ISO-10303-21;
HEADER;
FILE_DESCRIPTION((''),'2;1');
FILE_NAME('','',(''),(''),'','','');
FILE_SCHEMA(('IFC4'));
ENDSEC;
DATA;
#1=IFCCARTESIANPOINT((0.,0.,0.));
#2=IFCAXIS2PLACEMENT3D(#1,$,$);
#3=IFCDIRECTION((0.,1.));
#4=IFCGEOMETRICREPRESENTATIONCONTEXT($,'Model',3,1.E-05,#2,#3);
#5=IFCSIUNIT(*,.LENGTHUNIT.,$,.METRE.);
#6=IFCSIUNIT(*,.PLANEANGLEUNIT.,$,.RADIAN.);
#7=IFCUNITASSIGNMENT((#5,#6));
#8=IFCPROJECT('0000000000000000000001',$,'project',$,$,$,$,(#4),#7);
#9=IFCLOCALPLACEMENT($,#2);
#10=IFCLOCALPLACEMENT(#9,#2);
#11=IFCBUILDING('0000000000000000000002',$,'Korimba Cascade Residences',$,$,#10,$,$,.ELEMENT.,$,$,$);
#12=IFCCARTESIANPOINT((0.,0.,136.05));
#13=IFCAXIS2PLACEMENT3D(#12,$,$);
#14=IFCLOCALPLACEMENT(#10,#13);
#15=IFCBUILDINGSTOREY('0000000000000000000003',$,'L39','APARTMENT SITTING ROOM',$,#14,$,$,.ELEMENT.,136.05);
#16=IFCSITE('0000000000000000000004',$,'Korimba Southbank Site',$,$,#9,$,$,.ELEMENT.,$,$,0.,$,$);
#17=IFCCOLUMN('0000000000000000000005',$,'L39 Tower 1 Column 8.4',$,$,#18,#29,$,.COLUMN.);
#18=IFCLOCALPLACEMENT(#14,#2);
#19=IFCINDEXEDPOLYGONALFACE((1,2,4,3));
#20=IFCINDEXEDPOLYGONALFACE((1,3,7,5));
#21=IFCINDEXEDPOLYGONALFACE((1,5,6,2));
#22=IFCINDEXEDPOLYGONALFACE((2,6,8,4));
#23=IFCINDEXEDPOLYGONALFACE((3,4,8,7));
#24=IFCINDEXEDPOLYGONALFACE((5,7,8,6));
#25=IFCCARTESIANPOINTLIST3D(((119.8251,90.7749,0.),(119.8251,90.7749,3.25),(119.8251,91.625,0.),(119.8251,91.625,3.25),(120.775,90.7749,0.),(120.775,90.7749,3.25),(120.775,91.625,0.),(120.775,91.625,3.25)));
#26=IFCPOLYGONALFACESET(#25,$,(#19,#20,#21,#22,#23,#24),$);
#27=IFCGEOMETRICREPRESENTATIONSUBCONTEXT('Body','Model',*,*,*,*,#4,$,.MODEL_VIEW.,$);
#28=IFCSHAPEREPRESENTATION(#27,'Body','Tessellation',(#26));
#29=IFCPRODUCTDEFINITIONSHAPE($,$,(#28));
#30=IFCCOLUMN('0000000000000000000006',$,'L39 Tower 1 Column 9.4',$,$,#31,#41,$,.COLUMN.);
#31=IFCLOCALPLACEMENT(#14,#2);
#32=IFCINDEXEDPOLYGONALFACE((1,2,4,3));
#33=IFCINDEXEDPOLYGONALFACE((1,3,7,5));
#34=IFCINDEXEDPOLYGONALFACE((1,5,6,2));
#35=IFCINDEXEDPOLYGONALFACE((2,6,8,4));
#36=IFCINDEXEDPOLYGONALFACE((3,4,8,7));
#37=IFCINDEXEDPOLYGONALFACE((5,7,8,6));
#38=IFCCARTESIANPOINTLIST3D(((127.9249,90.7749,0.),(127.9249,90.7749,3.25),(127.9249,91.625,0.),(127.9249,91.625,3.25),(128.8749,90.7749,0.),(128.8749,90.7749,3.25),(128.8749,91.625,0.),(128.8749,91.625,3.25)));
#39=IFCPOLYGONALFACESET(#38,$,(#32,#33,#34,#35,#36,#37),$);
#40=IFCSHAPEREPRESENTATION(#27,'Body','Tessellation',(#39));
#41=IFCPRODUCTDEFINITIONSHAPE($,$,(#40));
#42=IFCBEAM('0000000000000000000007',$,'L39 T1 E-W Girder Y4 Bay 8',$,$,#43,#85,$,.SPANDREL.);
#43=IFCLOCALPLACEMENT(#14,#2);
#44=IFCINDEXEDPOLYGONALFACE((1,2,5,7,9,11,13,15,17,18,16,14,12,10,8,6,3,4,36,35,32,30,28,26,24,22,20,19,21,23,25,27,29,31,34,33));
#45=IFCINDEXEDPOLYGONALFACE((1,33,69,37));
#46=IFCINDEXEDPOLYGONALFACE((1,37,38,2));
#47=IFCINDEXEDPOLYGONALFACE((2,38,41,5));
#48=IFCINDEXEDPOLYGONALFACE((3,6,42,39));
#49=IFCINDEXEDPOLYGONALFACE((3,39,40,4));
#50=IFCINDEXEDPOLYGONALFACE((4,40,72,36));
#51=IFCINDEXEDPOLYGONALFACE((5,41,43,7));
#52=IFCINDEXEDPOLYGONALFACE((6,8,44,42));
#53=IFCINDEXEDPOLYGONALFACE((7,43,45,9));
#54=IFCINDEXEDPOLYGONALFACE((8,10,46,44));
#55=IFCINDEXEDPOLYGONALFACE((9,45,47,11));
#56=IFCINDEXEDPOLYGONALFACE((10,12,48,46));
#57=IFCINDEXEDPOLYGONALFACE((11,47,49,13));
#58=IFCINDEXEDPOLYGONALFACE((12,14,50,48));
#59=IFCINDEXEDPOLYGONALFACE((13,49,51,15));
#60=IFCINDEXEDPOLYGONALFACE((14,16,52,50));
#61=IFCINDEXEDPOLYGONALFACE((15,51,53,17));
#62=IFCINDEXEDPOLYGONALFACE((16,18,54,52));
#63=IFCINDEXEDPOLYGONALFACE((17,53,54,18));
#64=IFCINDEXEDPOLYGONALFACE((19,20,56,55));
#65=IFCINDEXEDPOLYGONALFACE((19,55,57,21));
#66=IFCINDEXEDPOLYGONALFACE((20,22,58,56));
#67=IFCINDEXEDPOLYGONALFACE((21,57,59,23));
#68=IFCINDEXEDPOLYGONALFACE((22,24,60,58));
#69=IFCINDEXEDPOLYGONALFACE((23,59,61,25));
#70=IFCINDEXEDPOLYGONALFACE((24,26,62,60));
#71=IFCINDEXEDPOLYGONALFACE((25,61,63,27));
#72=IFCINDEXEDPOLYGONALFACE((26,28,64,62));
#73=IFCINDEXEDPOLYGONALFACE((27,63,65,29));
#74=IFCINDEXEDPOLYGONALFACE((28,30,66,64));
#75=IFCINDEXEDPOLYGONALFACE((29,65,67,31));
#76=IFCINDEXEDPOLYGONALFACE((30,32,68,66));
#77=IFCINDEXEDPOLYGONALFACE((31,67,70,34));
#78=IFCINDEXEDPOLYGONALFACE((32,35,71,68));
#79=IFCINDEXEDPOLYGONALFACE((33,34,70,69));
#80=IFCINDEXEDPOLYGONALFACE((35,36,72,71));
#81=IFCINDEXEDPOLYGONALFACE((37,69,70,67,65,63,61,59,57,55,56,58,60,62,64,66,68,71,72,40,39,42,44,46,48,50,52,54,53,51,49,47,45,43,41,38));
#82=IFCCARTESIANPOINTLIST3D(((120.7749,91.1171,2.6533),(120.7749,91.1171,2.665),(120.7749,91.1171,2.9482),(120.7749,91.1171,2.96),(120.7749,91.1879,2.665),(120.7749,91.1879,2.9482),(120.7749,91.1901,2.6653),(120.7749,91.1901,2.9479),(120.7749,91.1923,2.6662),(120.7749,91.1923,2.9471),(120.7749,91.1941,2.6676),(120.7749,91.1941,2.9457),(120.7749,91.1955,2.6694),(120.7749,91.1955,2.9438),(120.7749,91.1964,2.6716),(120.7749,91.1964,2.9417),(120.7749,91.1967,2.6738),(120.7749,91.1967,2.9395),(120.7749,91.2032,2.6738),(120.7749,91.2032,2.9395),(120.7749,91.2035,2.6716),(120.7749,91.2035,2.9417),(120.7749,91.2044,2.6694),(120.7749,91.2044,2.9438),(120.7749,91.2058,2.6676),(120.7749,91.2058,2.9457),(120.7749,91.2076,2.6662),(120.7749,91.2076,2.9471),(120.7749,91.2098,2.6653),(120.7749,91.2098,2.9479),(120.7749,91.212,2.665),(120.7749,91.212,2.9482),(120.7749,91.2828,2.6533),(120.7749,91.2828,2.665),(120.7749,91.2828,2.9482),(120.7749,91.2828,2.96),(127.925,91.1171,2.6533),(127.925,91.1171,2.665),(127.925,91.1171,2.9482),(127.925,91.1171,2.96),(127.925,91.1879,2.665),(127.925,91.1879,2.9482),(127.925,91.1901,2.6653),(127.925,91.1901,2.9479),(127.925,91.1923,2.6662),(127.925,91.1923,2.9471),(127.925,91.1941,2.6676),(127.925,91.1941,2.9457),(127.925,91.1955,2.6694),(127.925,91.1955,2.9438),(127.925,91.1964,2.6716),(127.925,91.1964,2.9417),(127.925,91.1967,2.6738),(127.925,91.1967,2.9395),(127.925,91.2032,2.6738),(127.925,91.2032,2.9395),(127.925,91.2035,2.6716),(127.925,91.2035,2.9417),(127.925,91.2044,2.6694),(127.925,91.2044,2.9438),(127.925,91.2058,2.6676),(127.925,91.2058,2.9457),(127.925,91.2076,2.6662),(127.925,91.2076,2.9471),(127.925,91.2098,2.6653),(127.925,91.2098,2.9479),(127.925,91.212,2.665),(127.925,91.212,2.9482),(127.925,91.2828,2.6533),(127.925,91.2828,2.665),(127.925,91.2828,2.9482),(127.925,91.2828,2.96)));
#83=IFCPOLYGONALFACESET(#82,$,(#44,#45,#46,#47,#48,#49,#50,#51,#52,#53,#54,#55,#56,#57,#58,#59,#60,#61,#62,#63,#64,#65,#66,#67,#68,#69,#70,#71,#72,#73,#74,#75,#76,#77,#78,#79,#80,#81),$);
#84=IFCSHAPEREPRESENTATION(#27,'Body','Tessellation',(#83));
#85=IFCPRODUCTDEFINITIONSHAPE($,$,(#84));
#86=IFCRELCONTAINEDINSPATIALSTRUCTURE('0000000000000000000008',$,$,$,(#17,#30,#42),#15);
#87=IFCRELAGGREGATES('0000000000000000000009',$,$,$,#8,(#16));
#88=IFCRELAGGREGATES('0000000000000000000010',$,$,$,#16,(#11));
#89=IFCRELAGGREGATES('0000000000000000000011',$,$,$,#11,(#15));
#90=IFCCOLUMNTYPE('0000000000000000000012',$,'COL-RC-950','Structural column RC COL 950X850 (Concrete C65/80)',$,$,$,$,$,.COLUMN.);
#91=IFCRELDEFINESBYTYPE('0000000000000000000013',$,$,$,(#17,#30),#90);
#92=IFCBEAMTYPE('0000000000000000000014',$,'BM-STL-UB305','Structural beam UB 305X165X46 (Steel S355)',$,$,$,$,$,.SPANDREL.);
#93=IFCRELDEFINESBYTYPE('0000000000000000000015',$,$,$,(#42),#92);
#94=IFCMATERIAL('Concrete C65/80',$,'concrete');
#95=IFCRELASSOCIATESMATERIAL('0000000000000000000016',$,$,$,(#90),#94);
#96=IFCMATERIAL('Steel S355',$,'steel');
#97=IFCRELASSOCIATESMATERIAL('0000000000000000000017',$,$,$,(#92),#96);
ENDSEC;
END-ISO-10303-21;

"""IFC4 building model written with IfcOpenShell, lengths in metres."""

from ifc_helpers import new_model, si_unit, direction, frame, origin, origin_2d, place, context, subcontext, project, spatial, rectangle, i_section, extrude, material, material_profile, profile_set, type_object, element, save


model = new_model("IFC4")

# Units and contexts
model_context = context("Model", 3, precision=1e-05, world=origin(), true_north=direction((0.0, 1.0)))
body_context = subcontext(model_context, "Body", "Model", "MODEL_VIEW")
ifc_project = project(units=[si_unit("LENGTHUNIT", "METRE"), si_unit("PLANEANGLEUNIT", "RADIAN")], contexts=[model_context])

# Site, building, storey
site_placement = place(None, origin())
site = spatial("IfcSite", under=ifc_project, at=site_placement, Name="Korimba Southbank Site", CompositionType="ELEMENT", RefElevation=0.0)
building_placement = place(site_placement, origin())
building = spatial("IfcBuilding", under=site, at=building_placement, Name="Korimba Cascade Residences", CompositionType="ELEMENT")
storey_placement = place(building_placement, frame((0.0, 0.0, 136.05)))
storey = spatial("IfcBuildingStorey", under=building, at=storey_placement, Name="L39", Description="APARTMENT SITTING ROOM", CompositionType="ELEMENT", Elevation=136.05)

# Columns
ifc_material_1 = material(Name="Concrete C65/80", Category="concrete")
ifc_material_profile_1 = material_profile(ifc_material_1, rectangle(XDim=0.95, YDim=0.8501, at=origin_2d()), Name="Concrete C65/80")
ifc_profile_set_1 = profile_set([ifc_material_profile_1], Name="Concrete C65/80")
column_type = type_object("IfcColumnType", Name="COL-RC-950", Description="Structural column RC COL 950X850 (Concrete C65/80)", PredefinedType="COLUMN", material=ifc_profile_set_1)
for number, where, z_axis, x_axis, name in (
    (1, (120.3, 91.2, 0.0), (0.0, 0.0, 1.0), (1.0, 0.0, 0.0), "L39 Tower 1 Column 8.4"),
    (2, (128.3999, 91.2, 0.0), (0.0, 0.0, 1.0), (1.0, 0.0, 0.0), "L39 Tower 1 Column 9.4"),
):
    element("IfcColumn", number, at=place(storey_placement, frame(where, z_axis=z_axis, x_axis=x_axis)), inside=storey, type_object=column_type, Name=name, PredefinedType="COLUMN", context=body_context, shape_type="SweptSolid", body=[
        extrude(rectangle(XDim=0.95, YDim=0.8501, at=origin_2d()), origin(), (0.0, 0.0, 1.0), 3.25),
    ])

# Beam
ifc_material_2 = material(Name="Steel S355", Category="steel")
ifc_material_profile_2 = material_profile(ifc_material_2, i_section(OverallWidth=0.1658, OverallDepth=0.3066, WebThickness=0.0066, FlangeThickness=0.0117, FilletRadius=0.0088, at=origin_2d()), Name="Steel S355")
ifc_profile_set_2 = profile_set([ifc_material_profile_2], Name="Steel S355")
beam_type = type_object("IfcBeamType", Name="BM-STL-UB305", Description="Structural beam UB 305X165X46 (Steel S355)", PredefinedType="SPANDREL", material=ifc_profile_set_2)
beam_placement = place(storey_placement, frame((120.7749, 91.2, 2.8066), z_axis=(1.0, 0.0, 0.0), x_axis=(0.0, 1.0, 0.0)))
element("IfcBeam", 3, at=beam_placement, inside=storey, type_object=beam_type, Name="L39 T1 E-W Girder Y4 Bay 8", PredefinedType="SPANDREL", context=body_context, shape_type="SweptSolid", body=[
    extrude(i_section(OverallWidth=0.1658, OverallDepth=0.3066, WebThickness=0.0066, FlangeThickness=0.0117, FilletRadius=0.0088, at=origin_2d()), origin(), (0.0, 0.0, 1.0), 7.1501),
])

save(model, "model.ifc")
